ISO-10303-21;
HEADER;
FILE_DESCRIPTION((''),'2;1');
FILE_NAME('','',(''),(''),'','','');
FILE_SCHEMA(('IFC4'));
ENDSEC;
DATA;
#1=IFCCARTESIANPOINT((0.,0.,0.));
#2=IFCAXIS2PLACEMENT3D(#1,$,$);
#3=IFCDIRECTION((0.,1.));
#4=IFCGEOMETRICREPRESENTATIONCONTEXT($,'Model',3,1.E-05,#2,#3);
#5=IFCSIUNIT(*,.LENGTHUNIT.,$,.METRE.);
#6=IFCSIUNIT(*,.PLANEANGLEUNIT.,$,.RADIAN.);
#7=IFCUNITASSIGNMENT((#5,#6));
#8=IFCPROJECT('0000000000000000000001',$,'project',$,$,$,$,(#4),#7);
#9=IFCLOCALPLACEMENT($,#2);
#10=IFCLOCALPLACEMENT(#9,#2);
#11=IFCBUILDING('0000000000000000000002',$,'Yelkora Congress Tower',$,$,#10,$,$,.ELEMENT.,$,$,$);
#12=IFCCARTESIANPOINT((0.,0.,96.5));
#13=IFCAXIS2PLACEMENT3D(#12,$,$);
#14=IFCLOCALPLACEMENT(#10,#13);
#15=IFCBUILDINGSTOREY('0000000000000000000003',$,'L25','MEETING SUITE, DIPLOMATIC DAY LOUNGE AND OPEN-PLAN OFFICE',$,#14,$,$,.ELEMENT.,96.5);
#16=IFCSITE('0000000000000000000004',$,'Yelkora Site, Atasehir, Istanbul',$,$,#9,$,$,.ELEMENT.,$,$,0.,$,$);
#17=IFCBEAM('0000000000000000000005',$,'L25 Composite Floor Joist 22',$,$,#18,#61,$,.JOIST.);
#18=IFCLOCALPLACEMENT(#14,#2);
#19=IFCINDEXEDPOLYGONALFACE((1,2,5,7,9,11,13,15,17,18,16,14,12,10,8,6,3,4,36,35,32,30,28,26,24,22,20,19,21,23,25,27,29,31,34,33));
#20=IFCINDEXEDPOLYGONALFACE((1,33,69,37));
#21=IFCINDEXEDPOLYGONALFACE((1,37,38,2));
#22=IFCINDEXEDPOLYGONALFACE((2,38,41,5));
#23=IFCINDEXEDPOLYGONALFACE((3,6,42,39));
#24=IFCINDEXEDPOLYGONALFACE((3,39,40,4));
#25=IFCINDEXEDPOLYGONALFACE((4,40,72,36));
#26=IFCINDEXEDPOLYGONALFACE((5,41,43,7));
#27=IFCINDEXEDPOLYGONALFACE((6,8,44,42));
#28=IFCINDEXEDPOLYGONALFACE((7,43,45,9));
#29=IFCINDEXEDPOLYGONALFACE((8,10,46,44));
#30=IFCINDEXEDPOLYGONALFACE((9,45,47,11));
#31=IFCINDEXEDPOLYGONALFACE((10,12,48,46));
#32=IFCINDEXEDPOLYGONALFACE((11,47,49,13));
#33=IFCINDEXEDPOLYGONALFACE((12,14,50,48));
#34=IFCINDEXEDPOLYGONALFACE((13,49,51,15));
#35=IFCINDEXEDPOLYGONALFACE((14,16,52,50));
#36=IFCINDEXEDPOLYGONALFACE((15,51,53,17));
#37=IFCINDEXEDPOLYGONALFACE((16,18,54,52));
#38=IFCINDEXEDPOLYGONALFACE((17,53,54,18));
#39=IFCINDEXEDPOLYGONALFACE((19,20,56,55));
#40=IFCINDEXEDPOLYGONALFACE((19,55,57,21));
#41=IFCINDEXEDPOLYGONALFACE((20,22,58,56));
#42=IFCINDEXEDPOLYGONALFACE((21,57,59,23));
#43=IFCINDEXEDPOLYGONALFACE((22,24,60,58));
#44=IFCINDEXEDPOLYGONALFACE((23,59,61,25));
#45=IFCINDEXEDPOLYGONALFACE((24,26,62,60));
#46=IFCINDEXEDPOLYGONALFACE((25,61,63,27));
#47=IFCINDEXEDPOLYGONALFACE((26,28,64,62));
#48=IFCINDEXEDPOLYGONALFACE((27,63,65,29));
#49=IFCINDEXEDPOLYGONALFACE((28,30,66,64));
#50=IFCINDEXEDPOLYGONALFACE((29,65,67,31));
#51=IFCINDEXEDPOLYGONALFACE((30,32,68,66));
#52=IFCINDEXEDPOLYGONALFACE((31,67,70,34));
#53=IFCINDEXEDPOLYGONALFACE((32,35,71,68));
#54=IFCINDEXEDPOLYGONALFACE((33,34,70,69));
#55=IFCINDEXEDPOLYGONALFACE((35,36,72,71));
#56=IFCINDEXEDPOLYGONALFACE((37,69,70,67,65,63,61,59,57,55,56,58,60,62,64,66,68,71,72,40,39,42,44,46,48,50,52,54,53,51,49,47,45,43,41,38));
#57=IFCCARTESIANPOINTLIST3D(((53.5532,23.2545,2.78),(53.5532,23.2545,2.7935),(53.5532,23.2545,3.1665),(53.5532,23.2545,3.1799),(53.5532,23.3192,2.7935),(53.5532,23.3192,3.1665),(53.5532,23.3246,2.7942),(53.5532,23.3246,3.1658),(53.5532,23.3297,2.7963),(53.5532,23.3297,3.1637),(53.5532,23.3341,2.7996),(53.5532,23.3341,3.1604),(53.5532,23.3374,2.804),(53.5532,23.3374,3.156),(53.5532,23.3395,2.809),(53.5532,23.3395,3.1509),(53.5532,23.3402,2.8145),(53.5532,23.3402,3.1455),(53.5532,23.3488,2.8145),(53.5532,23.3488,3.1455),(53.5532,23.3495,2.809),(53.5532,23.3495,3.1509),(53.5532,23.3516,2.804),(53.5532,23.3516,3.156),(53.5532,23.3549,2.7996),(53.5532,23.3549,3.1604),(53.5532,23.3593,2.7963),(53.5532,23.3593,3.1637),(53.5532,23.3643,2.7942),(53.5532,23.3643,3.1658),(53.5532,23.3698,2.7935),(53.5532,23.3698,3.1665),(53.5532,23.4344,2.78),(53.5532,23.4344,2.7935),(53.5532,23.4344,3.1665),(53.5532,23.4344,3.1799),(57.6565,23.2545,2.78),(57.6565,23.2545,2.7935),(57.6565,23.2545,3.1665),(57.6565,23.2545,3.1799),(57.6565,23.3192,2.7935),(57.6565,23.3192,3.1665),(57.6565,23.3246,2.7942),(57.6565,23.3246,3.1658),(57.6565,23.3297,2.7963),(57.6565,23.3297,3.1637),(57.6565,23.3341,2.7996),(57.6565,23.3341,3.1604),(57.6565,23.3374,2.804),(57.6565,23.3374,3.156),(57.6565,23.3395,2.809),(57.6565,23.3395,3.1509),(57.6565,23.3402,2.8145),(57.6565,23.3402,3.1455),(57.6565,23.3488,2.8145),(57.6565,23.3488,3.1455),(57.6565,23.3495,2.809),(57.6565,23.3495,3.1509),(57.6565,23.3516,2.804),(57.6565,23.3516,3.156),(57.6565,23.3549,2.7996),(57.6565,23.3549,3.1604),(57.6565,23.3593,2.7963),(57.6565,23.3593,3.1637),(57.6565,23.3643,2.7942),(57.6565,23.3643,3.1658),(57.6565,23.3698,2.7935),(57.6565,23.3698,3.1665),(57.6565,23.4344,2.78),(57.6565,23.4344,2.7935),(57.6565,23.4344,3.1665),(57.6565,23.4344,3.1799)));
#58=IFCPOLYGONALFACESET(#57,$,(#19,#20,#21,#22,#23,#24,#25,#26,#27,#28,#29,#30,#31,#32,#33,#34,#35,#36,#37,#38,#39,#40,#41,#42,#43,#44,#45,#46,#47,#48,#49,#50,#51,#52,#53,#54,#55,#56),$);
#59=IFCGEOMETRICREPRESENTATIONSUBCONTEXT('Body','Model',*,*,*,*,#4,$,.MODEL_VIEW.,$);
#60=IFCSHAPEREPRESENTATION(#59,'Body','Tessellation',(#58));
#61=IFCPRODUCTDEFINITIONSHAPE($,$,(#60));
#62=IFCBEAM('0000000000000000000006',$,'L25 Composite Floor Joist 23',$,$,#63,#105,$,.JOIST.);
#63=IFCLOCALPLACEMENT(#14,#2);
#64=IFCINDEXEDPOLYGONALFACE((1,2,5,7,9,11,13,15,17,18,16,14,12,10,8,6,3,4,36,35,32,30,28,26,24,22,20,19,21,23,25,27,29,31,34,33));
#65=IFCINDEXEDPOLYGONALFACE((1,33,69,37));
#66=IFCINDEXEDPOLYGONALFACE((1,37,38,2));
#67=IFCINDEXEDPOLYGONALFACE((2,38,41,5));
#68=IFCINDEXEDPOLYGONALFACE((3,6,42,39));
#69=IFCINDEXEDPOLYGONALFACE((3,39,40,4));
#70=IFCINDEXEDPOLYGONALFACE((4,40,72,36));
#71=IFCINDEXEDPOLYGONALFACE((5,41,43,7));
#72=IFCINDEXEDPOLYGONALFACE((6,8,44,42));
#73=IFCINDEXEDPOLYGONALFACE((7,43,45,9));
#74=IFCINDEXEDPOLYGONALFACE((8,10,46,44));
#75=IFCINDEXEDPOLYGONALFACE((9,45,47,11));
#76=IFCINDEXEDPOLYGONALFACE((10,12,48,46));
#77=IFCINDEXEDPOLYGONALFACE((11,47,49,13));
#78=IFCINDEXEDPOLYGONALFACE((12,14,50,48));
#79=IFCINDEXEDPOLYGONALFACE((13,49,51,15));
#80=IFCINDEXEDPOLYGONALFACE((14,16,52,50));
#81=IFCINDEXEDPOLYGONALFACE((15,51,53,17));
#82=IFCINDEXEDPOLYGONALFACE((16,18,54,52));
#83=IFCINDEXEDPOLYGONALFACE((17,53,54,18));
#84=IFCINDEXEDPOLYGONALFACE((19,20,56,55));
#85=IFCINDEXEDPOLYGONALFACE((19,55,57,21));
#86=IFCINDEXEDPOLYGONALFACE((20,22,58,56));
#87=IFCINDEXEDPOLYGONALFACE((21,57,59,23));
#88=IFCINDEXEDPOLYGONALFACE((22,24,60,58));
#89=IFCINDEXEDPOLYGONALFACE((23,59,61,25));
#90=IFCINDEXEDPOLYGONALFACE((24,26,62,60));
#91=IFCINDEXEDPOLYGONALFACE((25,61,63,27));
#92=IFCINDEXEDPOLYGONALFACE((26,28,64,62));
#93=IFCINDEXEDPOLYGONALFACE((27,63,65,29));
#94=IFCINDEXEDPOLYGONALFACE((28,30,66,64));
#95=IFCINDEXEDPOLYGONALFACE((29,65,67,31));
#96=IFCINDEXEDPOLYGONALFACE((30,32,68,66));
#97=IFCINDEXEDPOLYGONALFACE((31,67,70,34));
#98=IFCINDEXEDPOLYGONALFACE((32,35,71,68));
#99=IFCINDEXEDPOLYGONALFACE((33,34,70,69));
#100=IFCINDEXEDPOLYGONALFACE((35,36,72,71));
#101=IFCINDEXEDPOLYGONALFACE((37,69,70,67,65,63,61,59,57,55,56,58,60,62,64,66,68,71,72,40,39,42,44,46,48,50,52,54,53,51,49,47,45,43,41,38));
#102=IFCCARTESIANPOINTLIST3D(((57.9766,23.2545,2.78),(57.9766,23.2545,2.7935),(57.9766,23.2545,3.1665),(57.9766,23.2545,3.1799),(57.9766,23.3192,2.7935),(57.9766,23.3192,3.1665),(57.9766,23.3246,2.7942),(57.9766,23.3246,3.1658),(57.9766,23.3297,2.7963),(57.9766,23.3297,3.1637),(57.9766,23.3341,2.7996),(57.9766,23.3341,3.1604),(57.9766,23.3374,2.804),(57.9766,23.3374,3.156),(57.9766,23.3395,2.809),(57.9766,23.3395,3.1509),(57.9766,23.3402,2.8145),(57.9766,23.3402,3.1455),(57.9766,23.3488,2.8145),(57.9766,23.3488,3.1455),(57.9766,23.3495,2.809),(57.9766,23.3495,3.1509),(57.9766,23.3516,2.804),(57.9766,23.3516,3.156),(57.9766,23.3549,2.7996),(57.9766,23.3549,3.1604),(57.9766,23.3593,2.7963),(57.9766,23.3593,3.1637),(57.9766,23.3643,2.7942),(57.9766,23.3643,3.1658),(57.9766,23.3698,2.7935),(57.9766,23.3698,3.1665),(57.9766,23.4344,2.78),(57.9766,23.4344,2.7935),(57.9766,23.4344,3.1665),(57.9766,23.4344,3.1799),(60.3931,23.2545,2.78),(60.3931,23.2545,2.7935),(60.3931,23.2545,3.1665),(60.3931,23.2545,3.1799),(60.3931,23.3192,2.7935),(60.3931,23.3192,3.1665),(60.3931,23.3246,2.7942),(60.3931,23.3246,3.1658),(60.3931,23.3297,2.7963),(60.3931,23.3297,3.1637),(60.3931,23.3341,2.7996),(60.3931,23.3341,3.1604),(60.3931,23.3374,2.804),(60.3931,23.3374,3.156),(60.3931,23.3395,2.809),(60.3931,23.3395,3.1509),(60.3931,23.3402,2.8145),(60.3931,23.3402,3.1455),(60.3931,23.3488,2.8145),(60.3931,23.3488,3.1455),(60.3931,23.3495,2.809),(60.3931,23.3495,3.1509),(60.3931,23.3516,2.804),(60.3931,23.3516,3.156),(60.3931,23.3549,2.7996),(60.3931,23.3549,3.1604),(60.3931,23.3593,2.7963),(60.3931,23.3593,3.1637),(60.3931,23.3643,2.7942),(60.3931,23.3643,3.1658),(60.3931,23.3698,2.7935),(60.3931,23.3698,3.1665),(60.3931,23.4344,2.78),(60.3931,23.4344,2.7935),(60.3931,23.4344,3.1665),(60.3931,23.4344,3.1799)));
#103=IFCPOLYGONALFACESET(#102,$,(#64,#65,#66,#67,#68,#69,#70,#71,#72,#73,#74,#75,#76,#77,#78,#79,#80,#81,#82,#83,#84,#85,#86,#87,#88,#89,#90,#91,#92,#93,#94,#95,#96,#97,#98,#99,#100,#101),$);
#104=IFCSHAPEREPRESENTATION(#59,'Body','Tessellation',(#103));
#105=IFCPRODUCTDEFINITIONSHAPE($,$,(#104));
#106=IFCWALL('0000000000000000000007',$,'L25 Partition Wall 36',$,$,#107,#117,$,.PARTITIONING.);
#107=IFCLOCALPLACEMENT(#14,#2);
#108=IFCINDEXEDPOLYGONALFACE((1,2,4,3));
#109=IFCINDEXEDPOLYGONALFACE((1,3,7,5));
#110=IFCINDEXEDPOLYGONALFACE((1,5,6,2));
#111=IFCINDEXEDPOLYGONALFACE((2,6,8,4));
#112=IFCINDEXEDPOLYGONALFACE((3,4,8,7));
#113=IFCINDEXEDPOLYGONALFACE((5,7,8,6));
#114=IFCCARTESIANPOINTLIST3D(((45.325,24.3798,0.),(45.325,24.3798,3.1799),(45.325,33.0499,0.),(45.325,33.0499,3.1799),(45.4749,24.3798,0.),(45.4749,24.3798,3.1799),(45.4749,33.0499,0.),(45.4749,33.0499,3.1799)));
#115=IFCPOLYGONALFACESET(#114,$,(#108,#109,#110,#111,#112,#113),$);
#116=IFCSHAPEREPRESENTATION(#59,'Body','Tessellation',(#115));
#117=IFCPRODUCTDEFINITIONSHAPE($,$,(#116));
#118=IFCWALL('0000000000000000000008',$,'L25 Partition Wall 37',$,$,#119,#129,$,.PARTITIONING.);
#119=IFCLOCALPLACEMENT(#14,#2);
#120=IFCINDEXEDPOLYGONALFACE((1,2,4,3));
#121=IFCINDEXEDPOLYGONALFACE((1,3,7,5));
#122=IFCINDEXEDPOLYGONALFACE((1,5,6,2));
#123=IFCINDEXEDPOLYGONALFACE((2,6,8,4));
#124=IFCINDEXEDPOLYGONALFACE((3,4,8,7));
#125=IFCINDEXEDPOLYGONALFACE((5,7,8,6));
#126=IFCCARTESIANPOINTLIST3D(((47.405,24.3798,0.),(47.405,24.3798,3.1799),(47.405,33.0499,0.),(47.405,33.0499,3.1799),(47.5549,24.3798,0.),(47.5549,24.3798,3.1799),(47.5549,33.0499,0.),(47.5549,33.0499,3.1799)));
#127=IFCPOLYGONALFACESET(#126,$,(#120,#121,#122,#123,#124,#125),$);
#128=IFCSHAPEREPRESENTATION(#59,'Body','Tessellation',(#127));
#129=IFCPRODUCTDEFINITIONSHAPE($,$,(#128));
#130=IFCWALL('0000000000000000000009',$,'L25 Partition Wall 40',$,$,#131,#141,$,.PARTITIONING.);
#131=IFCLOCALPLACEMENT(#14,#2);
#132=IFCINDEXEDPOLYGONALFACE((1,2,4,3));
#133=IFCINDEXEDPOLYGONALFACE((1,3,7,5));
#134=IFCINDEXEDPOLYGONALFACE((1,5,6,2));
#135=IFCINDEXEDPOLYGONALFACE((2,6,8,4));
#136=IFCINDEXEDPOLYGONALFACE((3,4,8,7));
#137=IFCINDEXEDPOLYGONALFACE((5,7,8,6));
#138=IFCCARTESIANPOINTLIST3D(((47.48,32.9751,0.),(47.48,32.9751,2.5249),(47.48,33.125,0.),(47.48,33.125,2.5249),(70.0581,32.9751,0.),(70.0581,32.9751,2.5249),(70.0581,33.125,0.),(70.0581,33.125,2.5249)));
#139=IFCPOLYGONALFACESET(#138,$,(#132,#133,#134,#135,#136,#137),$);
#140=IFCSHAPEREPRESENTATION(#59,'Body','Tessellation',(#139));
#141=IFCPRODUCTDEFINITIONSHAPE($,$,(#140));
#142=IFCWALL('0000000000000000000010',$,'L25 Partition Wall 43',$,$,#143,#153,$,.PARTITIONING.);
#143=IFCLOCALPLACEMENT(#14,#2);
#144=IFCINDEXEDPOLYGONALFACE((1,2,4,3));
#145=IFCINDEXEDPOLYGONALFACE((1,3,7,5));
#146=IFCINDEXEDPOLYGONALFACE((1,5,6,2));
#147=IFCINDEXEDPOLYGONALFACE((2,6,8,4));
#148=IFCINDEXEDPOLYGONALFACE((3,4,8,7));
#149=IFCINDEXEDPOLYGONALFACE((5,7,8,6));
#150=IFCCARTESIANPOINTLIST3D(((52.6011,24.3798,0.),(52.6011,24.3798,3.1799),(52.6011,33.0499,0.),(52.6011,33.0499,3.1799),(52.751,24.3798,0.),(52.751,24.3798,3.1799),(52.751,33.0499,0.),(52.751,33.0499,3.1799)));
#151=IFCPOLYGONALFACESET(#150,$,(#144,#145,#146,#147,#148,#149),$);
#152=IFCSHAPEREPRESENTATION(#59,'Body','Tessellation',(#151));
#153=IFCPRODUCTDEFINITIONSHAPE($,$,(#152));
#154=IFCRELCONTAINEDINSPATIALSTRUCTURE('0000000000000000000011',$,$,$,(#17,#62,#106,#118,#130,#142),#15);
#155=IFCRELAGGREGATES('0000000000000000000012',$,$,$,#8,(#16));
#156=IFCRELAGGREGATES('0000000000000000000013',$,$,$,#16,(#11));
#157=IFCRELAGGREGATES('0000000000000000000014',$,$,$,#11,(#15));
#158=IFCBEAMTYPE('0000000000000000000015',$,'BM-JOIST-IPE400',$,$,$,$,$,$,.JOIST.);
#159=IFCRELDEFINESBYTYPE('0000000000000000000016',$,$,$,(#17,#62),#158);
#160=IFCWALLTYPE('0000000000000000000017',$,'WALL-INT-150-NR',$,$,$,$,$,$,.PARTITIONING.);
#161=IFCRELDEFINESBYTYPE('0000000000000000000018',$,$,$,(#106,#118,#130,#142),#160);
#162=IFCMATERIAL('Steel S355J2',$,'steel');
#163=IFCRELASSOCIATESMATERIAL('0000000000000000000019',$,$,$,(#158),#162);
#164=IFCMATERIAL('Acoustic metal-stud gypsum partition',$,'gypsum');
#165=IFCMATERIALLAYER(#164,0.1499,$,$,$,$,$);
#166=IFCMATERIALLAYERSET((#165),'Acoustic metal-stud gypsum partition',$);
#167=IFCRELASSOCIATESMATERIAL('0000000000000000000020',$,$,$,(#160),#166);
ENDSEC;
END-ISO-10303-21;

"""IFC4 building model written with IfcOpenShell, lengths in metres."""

from ifc_helpers import new_model, si_unit, direction, frame, frame_2d, origin, origin_2d, place, context, subcontext, project, spatial, rectangle, i_section, extrude, material, layer, layer_set, material_profile, profile_set, type_object, element, save


model = new_model("IFC4")

# Units and contexts
model_context = context("Model", 3, precision=1e-05, world=origin(), true_north=direction((0.0, 1.0)))
body_context = subcontext(model_context, "Body", "Model", "MODEL_VIEW")
ifc_project = project(units=[si_unit("LENGTHUNIT", "METRE"), si_unit("PLANEANGLEUNIT", "RADIAN")], contexts=[model_context])

# Site, building, storey
site_placement = place(None, origin())
site = spatial("IfcSite", under=ifc_project, at=site_placement, Name="Yelkora Site, Atasehir, Istanbul", CompositionType="ELEMENT", RefElevation=0.0)
building_placement = place(site_placement, origin())
building = spatial("IfcBuilding", under=site, at=building_placement, Name="Yelkora Congress Tower", CompositionType="ELEMENT")
storey_placement = place(building_placement, frame((0.0, 0.0, 96.5)))
storey = spatial("IfcBuildingStorey", under=building, at=storey_placement, Name="L25", Description="MEETING SUITE, DIPLOMATIC DAY LOUNGE AND OPEN-PLAN OFFICE", CompositionType="ELEMENT", Elevation=96.5)

# Beams
ifc_material_1 = material(Name="Steel S355J2", Category="steel")
ifc_material_profile_1 = material_profile(ifc_material_1, i_section(OverallWidth=0.1799, OverallDepth=0.3999, WebThickness=0.0085, FlangeThickness=0.0134, FilletRadius=0.021, at=origin_2d()), Name="IPE 400")
ifc_profile_set_1 = profile_set([ifc_material_profile_1], Name="Steel S355J2")
beam_type_1 = type_object("IfcBeamType", Name="BM-JOIST-IPE400", PredefinedType="JOIST", material=ifc_profile_set_1)
beam_1_placement = place(storey_placement, frame((53.5532, 23.3445, 2.98), z_axis=(1.0, 0.0, 0.0), x_axis=(0.0, 1.0, 0.0)))
element("IfcBeam", 1, at=beam_1_placement, inside=storey, type_object=beam_type_1, Name="L25 Composite Floor Joist 22", PredefinedType="JOIST", context=body_context, shape_type="SweptSolid", body=[
    extrude(i_section(OverallWidth=0.1799, OverallDepth=0.3999, WebThickness=0.0085, FlangeThickness=0.0134, FilletRadius=0.021, at=origin_2d()), origin(), (0.0, 0.0, 1.0), 4.1033),
])
beam_2_placement = place(storey_placement, frame((57.9766, 23.3445, 2.98), z_axis=(1.0, 0.0, 0.0), x_axis=(0.0, 1.0, 0.0)))
element("IfcBeam", 2, at=beam_2_placement, inside=storey, type_object=beam_type_1, Name="L25 Composite Floor Joist 23", PredefinedType="JOIST", context=body_context, shape_type="SweptSolid", body=[
    extrude(i_section(OverallWidth=0.1799, OverallDepth=0.3999, WebThickness=0.0085, FlangeThickness=0.0134, FilletRadius=0.021, at=origin_2d()), origin(), (0.0, 0.0, 1.0), 2.4165),
])

# Walls
ifc_material_2 = material(Name="Acoustic metal-stud gypsum partition", Category="gypsum")
ifc_layer = layer(ifc_material_2, 0.1499)
ifc_layer_set = layer_set([ifc_layer], Name="Acoustic metal-stud gypsum partition")
wall_type = type_object("IfcWallType", Name="WALL-INT-150-NR", PredefinedType="PARTITIONING", material=ifc_layer_set)
for number, where, z_axis, x_axis, name in (
    (3, (45.3999, 24.3799, 0.0), (0.0, 0.0, 1.0), (0.0, 1.0, 0.0), "L25 Partition Wall 36"),
    (4, (47.48, 24.3799, 0.0), (0.0, 0.0, 1.0), (0.0, 1.0, 0.0), "L25 Partition Wall 37"),
):
    element("IfcWall", number, at=place(storey_placement, frame(where, z_axis=z_axis, x_axis=x_axis)), inside=storey, type_object=wall_type, Name=name, PredefinedType="PARTITIONING", context=body_context, shape_type="SweptSolid", body=[
        extrude(rectangle(XDim=8.6702, YDim=0.1499, at=frame_2d((4.335, 0.0))), origin(), (0.0, 0.0, 1.0), 3.1799),
    ])
wall_1_placement = place(storey_placement, frame((47.48, 33.05, 0.0), z_axis=(0.0, 0.0, 1.0), x_axis=(1.0, 0.0, 0.0)))
element("IfcWall", 5, at=wall_1_placement, inside=storey, type_object=wall_type, Name="L25 Partition Wall 40", PredefinedType="PARTITIONING", context=body_context, shape_type="SweptSolid", body=[
    extrude(rectangle(XDim=22.5781, YDim=0.1499, at=frame_2d((11.2891, 0.0))), origin(), (0.0, 0.0, 1.0), 2.5249),
])
wall_2_placement = place(storey_placement, frame((52.676, 24.3799, 0.0), z_axis=(0.0, 0.0, 1.0), x_axis=(0.0, 1.0, 0.0)))
element("IfcWall", 6, at=wall_2_placement, inside=storey, type_object=wall_type, Name="L25 Partition Wall 43", PredefinedType="PARTITIONING", context=body_context, shape_type="SweptSolid", body=[
    extrude(rectangle(XDim=8.6702, YDim=0.1499, at=frame_2d((4.335, 0.0))), origin(), (0.0, 0.0, 1.0), 3.1799),
])

save(model, "model.ifc")
